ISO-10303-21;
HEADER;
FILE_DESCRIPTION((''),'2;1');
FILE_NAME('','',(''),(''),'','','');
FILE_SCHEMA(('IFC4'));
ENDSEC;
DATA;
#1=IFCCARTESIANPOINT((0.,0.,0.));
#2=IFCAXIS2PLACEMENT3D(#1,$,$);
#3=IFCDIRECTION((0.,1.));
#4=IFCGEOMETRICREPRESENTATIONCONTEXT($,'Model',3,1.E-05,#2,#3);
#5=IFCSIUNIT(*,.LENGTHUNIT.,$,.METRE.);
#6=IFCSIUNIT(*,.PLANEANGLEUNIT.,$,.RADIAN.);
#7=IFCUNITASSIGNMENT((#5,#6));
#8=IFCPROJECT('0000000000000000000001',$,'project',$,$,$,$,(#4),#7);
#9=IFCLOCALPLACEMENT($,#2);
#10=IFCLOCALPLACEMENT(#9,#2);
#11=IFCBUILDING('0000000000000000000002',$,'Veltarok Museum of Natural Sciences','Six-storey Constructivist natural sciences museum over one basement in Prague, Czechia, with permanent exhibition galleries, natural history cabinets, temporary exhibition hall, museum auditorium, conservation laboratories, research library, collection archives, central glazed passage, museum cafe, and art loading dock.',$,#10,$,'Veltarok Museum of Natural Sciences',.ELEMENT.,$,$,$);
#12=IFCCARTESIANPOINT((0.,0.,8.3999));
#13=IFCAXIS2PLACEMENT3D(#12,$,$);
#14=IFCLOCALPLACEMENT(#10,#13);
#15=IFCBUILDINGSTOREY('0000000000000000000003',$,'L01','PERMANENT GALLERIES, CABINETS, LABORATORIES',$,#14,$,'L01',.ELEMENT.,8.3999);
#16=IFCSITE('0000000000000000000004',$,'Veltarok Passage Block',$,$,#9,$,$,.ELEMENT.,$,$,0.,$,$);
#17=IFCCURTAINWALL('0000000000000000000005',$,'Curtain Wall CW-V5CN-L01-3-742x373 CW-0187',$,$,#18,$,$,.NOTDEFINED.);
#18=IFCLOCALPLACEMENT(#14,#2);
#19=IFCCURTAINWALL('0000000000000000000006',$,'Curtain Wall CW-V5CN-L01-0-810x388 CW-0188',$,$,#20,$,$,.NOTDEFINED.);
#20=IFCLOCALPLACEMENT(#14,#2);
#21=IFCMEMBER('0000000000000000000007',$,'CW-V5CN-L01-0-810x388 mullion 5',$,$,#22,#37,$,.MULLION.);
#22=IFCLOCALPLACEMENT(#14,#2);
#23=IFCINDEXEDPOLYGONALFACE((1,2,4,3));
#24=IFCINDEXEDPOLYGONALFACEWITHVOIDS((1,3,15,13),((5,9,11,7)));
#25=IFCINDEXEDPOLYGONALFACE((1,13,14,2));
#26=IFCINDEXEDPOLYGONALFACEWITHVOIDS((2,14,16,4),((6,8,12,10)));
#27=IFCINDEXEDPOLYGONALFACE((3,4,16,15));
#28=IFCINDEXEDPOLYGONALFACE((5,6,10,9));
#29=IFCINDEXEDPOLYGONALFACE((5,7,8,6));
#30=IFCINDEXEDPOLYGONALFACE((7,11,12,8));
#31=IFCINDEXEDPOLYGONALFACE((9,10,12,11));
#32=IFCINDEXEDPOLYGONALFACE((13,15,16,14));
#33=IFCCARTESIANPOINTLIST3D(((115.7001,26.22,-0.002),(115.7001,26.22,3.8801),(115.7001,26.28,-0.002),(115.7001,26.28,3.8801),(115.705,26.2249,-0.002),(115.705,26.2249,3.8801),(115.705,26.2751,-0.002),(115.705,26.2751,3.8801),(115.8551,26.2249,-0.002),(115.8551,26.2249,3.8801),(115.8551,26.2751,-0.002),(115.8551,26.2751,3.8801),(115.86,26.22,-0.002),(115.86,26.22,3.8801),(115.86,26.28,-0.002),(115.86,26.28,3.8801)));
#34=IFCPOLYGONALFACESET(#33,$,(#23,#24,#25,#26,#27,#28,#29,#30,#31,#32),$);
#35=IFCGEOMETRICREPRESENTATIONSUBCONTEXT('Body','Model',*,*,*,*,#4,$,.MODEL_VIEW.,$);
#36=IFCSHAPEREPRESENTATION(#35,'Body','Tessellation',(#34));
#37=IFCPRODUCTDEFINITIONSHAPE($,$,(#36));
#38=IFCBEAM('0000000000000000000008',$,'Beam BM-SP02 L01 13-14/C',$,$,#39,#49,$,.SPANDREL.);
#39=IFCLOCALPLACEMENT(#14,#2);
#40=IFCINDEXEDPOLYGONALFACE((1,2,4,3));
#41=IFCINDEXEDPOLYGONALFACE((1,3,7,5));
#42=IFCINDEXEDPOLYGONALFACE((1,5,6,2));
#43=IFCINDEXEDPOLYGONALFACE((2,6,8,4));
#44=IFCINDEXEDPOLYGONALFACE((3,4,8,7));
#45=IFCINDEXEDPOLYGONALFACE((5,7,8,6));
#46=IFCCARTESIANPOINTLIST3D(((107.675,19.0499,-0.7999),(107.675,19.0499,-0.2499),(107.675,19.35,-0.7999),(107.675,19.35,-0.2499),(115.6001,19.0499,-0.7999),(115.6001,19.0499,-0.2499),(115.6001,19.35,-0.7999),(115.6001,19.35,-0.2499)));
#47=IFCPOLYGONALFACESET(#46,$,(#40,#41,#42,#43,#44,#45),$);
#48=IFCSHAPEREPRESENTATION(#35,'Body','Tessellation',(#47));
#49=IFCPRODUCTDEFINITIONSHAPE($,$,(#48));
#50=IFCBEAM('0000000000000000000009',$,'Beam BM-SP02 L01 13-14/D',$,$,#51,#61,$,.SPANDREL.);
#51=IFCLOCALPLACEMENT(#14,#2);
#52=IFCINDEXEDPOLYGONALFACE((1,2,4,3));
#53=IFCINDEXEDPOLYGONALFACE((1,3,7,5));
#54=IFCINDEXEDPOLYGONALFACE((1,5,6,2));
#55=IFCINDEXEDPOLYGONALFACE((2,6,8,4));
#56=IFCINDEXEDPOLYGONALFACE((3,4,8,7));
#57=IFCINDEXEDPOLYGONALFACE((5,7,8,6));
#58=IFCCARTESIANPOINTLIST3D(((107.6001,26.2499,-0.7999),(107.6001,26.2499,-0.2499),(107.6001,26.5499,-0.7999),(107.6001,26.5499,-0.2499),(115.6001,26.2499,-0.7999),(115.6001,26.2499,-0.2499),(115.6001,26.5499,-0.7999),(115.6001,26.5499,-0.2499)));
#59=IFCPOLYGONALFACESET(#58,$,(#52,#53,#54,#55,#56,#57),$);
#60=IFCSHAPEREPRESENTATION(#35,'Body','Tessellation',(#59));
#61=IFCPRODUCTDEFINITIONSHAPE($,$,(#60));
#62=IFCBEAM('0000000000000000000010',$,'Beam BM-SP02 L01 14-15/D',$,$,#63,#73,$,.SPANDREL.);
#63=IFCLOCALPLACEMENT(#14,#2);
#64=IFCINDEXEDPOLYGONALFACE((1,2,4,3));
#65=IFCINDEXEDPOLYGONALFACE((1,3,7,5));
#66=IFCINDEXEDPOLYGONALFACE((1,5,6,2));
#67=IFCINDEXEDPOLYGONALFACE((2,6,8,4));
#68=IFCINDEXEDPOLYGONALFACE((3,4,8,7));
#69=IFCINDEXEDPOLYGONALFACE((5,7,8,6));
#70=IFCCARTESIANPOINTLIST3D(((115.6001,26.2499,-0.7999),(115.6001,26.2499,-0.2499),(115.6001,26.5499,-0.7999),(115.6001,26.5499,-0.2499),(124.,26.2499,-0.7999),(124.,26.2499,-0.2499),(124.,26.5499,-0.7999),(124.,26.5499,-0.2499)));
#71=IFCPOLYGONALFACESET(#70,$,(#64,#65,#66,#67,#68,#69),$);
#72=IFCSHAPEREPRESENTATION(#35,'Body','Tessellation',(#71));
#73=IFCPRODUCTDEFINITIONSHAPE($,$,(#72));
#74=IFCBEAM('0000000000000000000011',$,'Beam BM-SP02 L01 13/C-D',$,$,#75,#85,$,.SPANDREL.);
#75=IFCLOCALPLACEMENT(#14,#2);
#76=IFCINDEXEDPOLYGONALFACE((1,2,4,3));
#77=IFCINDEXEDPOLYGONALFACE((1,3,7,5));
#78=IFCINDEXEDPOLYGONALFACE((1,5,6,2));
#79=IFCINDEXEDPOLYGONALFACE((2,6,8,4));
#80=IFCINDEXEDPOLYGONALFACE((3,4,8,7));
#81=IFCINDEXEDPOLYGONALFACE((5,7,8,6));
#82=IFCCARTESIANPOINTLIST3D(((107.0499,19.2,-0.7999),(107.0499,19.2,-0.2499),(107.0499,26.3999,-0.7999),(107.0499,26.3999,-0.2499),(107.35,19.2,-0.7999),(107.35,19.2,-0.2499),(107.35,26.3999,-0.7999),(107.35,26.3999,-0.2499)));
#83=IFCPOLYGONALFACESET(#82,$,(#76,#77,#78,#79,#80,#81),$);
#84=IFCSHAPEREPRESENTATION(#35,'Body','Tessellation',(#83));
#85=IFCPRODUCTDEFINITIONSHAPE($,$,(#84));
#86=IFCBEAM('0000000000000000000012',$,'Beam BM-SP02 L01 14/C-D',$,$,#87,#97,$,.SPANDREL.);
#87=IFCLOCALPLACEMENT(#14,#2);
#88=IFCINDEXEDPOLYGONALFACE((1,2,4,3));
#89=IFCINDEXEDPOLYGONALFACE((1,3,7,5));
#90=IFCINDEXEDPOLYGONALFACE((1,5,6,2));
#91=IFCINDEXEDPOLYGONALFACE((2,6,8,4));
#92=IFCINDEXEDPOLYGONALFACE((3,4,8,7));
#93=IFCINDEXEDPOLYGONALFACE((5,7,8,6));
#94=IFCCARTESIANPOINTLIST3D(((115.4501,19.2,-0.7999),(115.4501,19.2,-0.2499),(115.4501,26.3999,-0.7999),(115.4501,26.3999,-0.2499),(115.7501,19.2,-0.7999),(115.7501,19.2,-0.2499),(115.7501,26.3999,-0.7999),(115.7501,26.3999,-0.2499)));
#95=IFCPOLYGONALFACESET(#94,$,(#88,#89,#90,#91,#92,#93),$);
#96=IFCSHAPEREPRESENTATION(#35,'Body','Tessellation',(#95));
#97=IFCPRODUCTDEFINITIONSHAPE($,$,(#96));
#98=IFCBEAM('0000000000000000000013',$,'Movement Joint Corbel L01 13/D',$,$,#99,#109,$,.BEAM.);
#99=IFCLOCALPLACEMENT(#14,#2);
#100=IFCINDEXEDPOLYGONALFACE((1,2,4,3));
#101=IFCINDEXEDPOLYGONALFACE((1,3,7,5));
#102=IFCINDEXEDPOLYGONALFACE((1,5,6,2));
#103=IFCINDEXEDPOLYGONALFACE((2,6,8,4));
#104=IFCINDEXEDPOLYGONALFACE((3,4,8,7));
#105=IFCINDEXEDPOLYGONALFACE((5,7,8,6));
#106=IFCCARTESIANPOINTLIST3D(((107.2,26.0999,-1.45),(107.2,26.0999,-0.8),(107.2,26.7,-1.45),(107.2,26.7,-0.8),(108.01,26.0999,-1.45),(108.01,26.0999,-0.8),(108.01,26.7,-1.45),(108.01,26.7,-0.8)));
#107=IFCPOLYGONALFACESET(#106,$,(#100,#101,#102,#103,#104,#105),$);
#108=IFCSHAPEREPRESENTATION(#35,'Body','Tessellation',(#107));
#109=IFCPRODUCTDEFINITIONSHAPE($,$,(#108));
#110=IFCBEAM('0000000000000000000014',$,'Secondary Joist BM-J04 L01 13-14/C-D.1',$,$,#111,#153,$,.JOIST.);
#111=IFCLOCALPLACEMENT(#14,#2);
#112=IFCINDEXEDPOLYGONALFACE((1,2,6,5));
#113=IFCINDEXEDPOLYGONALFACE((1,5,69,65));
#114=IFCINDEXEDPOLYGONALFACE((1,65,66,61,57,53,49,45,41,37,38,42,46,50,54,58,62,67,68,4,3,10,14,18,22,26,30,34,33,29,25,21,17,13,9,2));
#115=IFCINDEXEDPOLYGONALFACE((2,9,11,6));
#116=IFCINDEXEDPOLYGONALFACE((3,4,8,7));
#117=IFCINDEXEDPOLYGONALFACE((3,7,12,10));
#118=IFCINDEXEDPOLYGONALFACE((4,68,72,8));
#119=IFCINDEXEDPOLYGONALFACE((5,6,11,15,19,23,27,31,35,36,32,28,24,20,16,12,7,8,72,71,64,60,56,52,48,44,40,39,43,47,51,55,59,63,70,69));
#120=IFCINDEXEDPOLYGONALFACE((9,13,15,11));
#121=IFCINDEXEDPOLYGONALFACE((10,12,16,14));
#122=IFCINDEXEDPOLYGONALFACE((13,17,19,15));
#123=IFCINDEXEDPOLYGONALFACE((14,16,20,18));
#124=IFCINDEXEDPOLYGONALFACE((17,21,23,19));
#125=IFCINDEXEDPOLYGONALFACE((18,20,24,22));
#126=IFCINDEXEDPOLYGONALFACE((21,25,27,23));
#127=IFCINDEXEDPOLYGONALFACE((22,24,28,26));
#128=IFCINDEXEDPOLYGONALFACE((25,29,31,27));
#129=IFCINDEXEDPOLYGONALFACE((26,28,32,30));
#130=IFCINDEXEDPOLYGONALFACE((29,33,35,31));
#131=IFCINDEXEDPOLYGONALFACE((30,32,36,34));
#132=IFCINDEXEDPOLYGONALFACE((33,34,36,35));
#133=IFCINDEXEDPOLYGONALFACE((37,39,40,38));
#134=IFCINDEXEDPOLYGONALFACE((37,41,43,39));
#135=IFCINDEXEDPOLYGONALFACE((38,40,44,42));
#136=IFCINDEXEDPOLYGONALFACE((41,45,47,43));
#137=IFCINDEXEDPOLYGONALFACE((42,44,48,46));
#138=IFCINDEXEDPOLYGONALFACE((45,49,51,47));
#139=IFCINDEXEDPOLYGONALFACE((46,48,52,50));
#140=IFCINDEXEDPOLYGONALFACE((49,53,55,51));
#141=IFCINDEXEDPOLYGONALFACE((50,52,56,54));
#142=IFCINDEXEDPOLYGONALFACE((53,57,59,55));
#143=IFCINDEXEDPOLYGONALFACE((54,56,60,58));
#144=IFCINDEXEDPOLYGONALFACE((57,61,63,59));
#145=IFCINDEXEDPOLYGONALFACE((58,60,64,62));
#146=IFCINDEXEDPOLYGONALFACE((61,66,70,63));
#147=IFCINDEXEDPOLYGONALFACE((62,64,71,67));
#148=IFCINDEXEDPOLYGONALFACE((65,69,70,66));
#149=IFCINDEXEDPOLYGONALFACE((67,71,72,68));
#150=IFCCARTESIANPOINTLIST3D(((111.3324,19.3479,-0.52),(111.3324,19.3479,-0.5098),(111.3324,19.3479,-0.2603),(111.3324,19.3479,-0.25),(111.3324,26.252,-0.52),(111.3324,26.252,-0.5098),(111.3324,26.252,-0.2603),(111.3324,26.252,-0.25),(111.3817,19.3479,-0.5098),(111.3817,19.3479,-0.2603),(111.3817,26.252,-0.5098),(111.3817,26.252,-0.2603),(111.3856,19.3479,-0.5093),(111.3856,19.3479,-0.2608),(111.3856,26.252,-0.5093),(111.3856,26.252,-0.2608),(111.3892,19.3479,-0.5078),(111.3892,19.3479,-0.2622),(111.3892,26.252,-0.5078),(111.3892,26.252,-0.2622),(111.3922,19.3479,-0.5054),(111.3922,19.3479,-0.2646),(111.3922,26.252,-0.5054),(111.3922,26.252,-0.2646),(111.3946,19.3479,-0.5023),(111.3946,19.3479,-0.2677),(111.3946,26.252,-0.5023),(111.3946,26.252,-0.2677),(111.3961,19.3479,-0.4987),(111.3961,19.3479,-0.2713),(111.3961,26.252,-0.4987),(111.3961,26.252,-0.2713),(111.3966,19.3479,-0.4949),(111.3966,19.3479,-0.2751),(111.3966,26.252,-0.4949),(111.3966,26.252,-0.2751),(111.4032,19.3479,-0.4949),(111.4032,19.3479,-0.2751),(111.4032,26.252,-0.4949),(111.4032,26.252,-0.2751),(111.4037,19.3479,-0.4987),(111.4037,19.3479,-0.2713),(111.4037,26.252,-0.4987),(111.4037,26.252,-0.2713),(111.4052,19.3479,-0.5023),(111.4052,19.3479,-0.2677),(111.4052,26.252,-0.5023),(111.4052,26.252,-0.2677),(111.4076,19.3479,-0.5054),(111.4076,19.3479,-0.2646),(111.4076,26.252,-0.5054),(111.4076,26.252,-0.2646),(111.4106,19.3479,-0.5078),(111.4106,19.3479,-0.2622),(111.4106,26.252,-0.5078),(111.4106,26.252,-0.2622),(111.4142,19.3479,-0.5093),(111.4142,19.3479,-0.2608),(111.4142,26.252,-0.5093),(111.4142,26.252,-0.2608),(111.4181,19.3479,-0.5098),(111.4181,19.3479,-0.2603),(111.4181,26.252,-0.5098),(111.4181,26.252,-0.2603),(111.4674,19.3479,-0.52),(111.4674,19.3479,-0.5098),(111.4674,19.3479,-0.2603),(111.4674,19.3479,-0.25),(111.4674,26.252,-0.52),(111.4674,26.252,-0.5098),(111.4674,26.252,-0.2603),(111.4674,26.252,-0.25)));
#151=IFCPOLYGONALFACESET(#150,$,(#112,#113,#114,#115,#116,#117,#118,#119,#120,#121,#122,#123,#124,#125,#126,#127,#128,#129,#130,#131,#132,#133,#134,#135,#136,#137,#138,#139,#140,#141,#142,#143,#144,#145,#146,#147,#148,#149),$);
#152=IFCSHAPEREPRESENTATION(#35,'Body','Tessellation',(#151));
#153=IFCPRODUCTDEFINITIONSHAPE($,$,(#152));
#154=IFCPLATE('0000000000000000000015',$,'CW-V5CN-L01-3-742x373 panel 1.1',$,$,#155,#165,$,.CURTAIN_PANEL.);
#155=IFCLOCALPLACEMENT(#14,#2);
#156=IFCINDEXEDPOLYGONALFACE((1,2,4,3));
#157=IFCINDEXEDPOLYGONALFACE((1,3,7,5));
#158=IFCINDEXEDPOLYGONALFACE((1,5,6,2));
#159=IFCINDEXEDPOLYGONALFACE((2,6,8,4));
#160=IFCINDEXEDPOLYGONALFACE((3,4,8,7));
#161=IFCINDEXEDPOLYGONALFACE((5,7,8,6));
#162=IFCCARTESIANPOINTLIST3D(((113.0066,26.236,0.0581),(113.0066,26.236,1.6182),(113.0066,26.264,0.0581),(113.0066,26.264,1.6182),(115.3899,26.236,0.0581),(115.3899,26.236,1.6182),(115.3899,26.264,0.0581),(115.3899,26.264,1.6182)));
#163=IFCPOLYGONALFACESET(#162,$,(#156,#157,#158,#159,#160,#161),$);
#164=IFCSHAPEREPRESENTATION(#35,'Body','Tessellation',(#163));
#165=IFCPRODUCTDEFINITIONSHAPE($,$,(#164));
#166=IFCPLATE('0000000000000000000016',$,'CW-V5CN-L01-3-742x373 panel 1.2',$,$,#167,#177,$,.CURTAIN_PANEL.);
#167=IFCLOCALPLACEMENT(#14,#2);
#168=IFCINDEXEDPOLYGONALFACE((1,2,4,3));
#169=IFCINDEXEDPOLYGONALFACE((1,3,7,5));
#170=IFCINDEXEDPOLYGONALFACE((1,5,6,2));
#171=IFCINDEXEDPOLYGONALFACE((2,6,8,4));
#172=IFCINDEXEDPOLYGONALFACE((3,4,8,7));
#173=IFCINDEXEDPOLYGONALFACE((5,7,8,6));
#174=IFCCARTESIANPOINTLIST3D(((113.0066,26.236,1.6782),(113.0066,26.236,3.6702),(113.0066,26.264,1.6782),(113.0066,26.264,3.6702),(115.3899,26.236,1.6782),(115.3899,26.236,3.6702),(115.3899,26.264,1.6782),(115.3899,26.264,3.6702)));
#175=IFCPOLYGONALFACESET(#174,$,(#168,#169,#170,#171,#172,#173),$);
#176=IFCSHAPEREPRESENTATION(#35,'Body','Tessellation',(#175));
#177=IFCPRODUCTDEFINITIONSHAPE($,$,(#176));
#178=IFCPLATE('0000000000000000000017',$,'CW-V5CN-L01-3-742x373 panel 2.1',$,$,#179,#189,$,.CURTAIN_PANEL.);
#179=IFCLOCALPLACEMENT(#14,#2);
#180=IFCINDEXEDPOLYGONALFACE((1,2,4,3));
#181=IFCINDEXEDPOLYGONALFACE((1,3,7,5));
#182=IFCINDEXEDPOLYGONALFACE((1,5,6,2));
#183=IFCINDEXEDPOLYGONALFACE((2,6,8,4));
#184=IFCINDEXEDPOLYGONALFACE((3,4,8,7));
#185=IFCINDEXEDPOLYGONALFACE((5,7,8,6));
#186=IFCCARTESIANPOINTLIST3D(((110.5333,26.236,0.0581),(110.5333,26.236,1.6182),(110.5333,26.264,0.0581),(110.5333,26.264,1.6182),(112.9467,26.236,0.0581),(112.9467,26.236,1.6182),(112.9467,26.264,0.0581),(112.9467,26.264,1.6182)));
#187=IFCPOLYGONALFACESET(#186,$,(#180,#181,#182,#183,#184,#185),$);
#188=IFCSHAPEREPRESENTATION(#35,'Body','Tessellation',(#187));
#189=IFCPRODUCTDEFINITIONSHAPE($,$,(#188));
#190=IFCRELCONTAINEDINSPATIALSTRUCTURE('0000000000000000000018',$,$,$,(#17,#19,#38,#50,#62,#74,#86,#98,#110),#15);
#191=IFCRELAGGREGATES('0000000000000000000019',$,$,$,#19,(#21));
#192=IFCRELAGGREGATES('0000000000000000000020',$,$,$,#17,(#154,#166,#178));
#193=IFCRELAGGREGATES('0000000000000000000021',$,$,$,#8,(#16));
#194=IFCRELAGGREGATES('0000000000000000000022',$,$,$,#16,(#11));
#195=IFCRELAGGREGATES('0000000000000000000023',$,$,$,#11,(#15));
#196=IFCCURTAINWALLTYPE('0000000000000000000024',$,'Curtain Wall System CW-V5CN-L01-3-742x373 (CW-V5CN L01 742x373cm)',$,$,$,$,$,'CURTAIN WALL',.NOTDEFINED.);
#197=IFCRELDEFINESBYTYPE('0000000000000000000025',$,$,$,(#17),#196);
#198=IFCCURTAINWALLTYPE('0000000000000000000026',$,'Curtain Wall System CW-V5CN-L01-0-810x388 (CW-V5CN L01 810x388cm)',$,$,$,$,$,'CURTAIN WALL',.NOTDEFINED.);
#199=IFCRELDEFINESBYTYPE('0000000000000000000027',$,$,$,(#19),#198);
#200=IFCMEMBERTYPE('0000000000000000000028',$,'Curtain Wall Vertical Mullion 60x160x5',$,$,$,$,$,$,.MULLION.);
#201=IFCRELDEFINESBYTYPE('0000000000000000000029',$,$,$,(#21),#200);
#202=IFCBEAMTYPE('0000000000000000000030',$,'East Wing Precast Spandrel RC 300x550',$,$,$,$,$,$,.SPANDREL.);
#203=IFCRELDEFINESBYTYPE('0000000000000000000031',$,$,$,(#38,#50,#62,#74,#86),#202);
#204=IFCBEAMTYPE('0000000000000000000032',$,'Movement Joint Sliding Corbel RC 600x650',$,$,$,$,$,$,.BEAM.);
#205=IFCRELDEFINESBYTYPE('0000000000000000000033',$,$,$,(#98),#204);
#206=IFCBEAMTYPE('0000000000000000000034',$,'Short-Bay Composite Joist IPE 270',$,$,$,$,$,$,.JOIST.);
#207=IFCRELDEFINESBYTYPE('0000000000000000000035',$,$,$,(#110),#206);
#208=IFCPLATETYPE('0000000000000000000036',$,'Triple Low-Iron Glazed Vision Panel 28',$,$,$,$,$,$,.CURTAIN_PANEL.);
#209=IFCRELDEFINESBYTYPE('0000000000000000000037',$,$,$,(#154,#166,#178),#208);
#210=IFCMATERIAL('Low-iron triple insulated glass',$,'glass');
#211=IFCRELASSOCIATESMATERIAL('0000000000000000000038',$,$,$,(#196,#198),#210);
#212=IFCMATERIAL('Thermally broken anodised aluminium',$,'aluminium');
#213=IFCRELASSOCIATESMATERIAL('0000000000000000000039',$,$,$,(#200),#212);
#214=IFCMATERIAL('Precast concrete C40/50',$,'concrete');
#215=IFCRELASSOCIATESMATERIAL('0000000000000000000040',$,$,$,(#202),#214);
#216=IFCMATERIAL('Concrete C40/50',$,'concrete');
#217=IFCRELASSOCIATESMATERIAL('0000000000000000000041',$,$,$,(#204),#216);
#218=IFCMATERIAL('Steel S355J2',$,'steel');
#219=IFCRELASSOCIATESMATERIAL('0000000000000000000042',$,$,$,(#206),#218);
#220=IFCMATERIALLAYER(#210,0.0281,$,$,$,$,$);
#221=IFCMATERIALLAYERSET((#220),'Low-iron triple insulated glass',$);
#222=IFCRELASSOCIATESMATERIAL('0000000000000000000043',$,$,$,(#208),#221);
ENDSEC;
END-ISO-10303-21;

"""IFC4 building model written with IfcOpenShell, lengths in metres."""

from ifc_helpers import new_model, si_unit, direction, frame, origin, origin_2d, place, context, subcontext, project, spatial, rectangle, hollow_rectangle, i_section, extrude, material, layer, layer_set, material_profile, profile_set, type_object, element, aggregate, save


model = new_model("IFC4")

# Units and contexts
model_context = context("Model", 3, precision=1e-05, world=origin(), true_north=direction((0.0, 1.0)))
body_context = subcontext(model_context, "Body", "Model", "MODEL_VIEW")
ifc_project = project(units=[si_unit("LENGTHUNIT", "METRE"), si_unit("PLANEANGLEUNIT", "RADIAN")], contexts=[model_context])

# Site, building, storey
site_placement = place(None, origin())
site = spatial("IfcSite", under=ifc_project, at=site_placement, Name="Veltarok Passage Block", CompositionType="ELEMENT", RefElevation=0.0)
building_placement = place(site_placement, origin())
building = spatial("IfcBuilding", under=site, at=building_placement, Name="Veltarok Museum of Natural Sciences", Description="Six-storey Constructivist natural sciences museum over one basement in Prague, Czechia, with permanent exhibition galleries, natural history cabinets, temporary exhibition hall, museum auditorium, conservation laboratories, research library, collection archives, central glazed passage, museum cafe, and art loading dock.", LongName="Veltarok Museum of Natural Sciences", CompositionType="ELEMENT")
storey_placement = place(building_placement, frame((0.0, 0.0, 8.3999)))
storey = spatial("IfcBuildingStorey", under=building, at=storey_placement, Name="L01", Description="PERMANENT GALLERIES, CABINETS, LABORATORIES", LongName="L01", CompositionType="ELEMENT", Elevation=8.3999)

# Shared definitions
ifc_material_1 = material(Name="Concrete C40/50", Category="concrete")
ifc_material_2 = material(Name="Steel S355J2", Category="steel")

# Curtain wall
ifc_material_3 = material(Name="Low-iron triple insulated glass", Category="glass")
curtain_wall_type_1 = type_object("IfcCurtainWallType", Name="Curtain Wall System CW-V5CN-L01-3-742x373 (CW-V5CN L01 742x373cm)", ElementType="CURTAIN WALL", PredefinedType="NOTDEFINED", material=ifc_material_3)
curtain_wall_1_placement = place(storey_placement, origin())
curtain_wall_1 = element("IfcCurtainWall", 1, at=curtain_wall_1_placement, inside=storey, type_object=curtain_wall_type_1, Name="Curtain Wall CW-V5CN-L01-3-742x373 CW-0187", PredefinedType="NOTDEFINED")
ifc_material_4 = material(Name="Thermally broken anodised aluminium", Category="aluminium")
ifc_material_profile_1 = material_profile(ifc_material_4, hollow_rectangle(XDim=0.0601, YDim=0.1599, WallThickness=0.0049, at=origin_2d()), Name="CW MULLION 60x160x5")
ifc_profile_set_1 = profile_set([ifc_material_profile_1], Name="Thermally broken anodised aluminium")
member_type_1 = type_object("IfcMemberType", Name="Curtain Wall Vertical Mullion 60x160x5", PredefinedType="MULLION", material=ifc_profile_set_1)

# Curtain wall, member
curtain_wall_type_2 = type_object("IfcCurtainWallType", Name="Curtain Wall System CW-V5CN-L01-0-810x388 (CW-V5CN L01 810x388cm)", ElementType="CURTAIN WALL", PredefinedType="NOTDEFINED", material=ifc_material_3)
curtain_wall_2_placement = place(storey_placement, origin())
curtain_wall_2 = element("IfcCurtainWall", 2, at=curtain_wall_2_placement, inside=storey, type_object=curtain_wall_type_2, Name="Curtain Wall CW-V5CN-L01-0-810x388 CW-0188", PredefinedType="NOTDEFINED")
member_1_placement = place(storey_placement, frame((115.78, 26.25, -0.002), z_axis=(0.0, 0.0, 1.0), x_axis=(0.0, -1.0, 0.0)))
member_1 = element("IfcMember", 3, at=member_1_placement, type_object=member_type_1, Name="CW-V5CN-L01-0-810x388 mullion 5", PredefinedType="MULLION", context=body_context, shape_type="SweptSolid", body=[
    extrude(hollow_rectangle(XDim=0.0601, YDim=0.1599, WallThickness=0.0049, at=origin_2d()), origin(), (0.0, 0.0, 1.0), 3.8821),
])
aggregate(curtain_wall_2, [member_1])

# Beams
ifc_material_5 = material(Name="Precast concrete C40/50", Category="concrete")
ifc_material_profile_2 = material_profile(ifc_material_5, rectangle(XDim=0.3, YDim=0.55, at=origin_2d()), Name="RC 300x550")
ifc_profile_set_2 = profile_set([ifc_material_profile_2], Name="Precast concrete C40/50")
beam_type_1 = type_object("IfcBeamType", Name="East Wing Precast Spandrel RC 300x550", PredefinedType="SPANDREL", material=ifc_profile_set_2)
beam_1_placement = place(storey_placement, frame((107.675, 19.2, -0.5249), z_axis=(1.0, 0.0, 0.0), x_axis=(0.0, 1.0, 0.0)))
element("IfcBeam", 4, at=beam_1_placement, inside=storey, type_object=beam_type_1, Name="Beam BM-SP02 L01 13-14/C", PredefinedType="SPANDREL", context=body_context, shape_type="SweptSolid", body=[
    extrude(rectangle(XDim=0.3, YDim=0.55, at=origin_2d()), origin(), (0.0, 0.0, 1.0), 7.925),
])
beam_2_placement = place(storey_placement, frame((107.6001, 26.3999, -0.5249), z_axis=(1.0, 0.0, 0.0), x_axis=(0.0, 1.0, 0.0)))
element("IfcBeam", 5, at=beam_2_placement, inside=storey, type_object=beam_type_1, Name="Beam BM-SP02 L01 13-14/D", PredefinedType="SPANDREL", context=body_context, shape_type="SweptSolid", body=[
    extrude(rectangle(XDim=0.3, YDim=0.55, at=origin_2d()), origin(), (0.0, 0.0, 1.0), 8.0),
])
beam_3_placement = place(storey_placement, frame((115.6001, 26.3999, -0.5249), z_axis=(1.0, 0.0, 0.0), x_axis=(0.0, 1.0, 0.0)))
element("IfcBeam", 6, at=beam_3_placement, inside=storey, type_object=beam_type_1, Name="Beam BM-SP02 L01 14-15/D", PredefinedType="SPANDREL", context=body_context, shape_type="SweptSolid", body=[
    extrude(rectangle(XDim=0.3, YDim=0.55, at=origin_2d()), origin(), (0.0, 0.0, 1.0), 8.3999),
])
for number, where, z_axis, x_axis, name in (
    (7, (107.2, 19.2, -0.5249), (0.0, 1.0, 0.0), (-1.0, 0.0, 0.0), "Beam BM-SP02 L01 13/C-D"),
    (8, (115.6001, 19.2, -0.5249), (0.0, 1.0, 0.0), (-1.0, 0.0, 0.0), "Beam BM-SP02 L01 14/C-D"),
):
    element("IfcBeam", number, at=place(storey_placement, frame(where, z_axis=z_axis, x_axis=x_axis)), inside=storey, type_object=beam_type_1, Name=name, PredefinedType="SPANDREL", context=body_context, shape_type="SweptSolid", body=[
        extrude(rectangle(XDim=0.3, YDim=0.55, at=origin_2d()), origin(), (0.0, 0.0, 1.0), 7.2),
    ])
ifc_material_profile_3 = material_profile(ifc_material_1, rectangle(XDim=0.6001, YDim=0.6499, at=origin_2d()), Name="RC 600x650")
ifc_profile_set_3 = profile_set([ifc_material_profile_3], Name="Concrete C40/50")
beam_type_2 = type_object("IfcBeamType", Name="Movement Joint Sliding Corbel RC 600x650", PredefinedType="BEAM", material=ifc_profile_set_3)
beam_4_placement = place(storey_placement, frame((107.2, 26.3999, -1.125), z_axis=(1.0, 0.0, 0.0), x_axis=(0.0, 1.0, 0.0)))
element("IfcBeam", 9, at=beam_4_placement, inside=storey, type_object=beam_type_2, Name="Movement Joint Corbel L01 13/D", PredefinedType="BEAM", context=body_context, shape_type="SweptSolid", body=[
    extrude(rectangle(XDim=0.6001, YDim=0.6499, at=origin_2d()), origin(), (0.0, 0.0, 1.0), 0.8101),
])
ifc_material_profile_4 = material_profile(ifc_material_2, i_section(OverallWidth=0.135, OverallDepth=0.27, WebThickness=0.0066, FlangeThickness=0.0103, FilletRadius=0.0149, at=origin_2d()), Name="IPE 270")
ifc_profile_set_4 = profile_set([ifc_material_profile_4], Name="Steel S355J2")
beam_type_3 = type_object("IfcBeamType", Name="Short-Bay Composite Joist IPE 270", PredefinedType="JOIST", material=ifc_profile_set_4)
beam_5_placement = place(storey_placement, frame((111.3999, 19.3479, -0.385), z_axis=(0.0, 1.0, 0.0), x_axis=(-1.0, 0.0, 0.0)))
element("IfcBeam", 10, at=beam_5_placement, inside=storey, type_object=beam_type_3, Name="Secondary Joist BM-J04 L01 13-14/C-D.1", PredefinedType="JOIST", context=body_context, shape_type="SweptSolid", body=[
    extrude(i_section(OverallWidth=0.135, OverallDepth=0.27, WebThickness=0.0066, FlangeThickness=0.0103, FilletRadius=0.0149, at=origin_2d()), origin(), (0.0, 0.0, 1.0), 6.9041),
])

# Plates
ifc_layer_1 = layer(ifc_material_3, 0.0281)
ifc_layer_set_1 = layer_set([ifc_layer_1], Name="Low-iron triple insulated glass")
plate_type = type_object("IfcPlateType", Name="Triple Low-Iron Glazed Vision Panel 28", PredefinedType="CURTAIN_PANEL", material=ifc_layer_set_1)
plate_1_placement = place(storey_placement, frame((114.1982, 26.25, 0.0581), z_axis=(0.0, 0.0, 1.0), x_axis=(-1.0, 0.0, 0.0)))
plate_1 = element("IfcPlate", 11, at=plate_1_placement, type_object=plate_type, Name="CW-V5CN-L01-3-742x373 panel 1.1", PredefinedType="CURTAIN_PANEL", context=body_context, shape_type="SweptSolid", body=[
    extrude(rectangle(XDim=2.3833, YDim=0.0281, at=origin_2d()), origin(), (0.0, 0.0, 1.0), 1.5601),
])
plate_2_placement = place(storey_placement, frame((114.1982, 26.25, 1.6782), z_axis=(0.0, 0.0, 1.0), x_axis=(-1.0, 0.0, 0.0)))
plate_2 = element("IfcPlate", 12, at=plate_2_placement, type_object=plate_type, Name="CW-V5CN-L01-3-742x373 panel 1.2", PredefinedType="CURTAIN_PANEL", context=body_context, shape_type="SweptSolid", body=[
    extrude(rectangle(XDim=2.3833, YDim=0.0281, at=origin_2d()), origin(), (0.0, 0.0, 1.0), 1.9919),
])
plate_3_placement = place(storey_placement, frame((111.74, 26.25, 0.0581), z_axis=(0.0, 0.0, 1.0), x_axis=(-1.0, 0.0, 0.0)))
plate_3 = element("IfcPlate", 13, at=plate_3_placement, type_object=plate_type, Name="CW-V5CN-L01-3-742x373 panel 2.1", PredefinedType="CURTAIN_PANEL", context=body_context, shape_type="SweptSolid", body=[
    extrude(rectangle(XDim=2.4133, YDim=0.0281, at=origin_2d()), origin(), (0.0, 0.0, 1.0), 1.5601),
])
aggregate(curtain_wall_1, [plate_1, plate_2, plate_3])

save(model, "model.ifc")
